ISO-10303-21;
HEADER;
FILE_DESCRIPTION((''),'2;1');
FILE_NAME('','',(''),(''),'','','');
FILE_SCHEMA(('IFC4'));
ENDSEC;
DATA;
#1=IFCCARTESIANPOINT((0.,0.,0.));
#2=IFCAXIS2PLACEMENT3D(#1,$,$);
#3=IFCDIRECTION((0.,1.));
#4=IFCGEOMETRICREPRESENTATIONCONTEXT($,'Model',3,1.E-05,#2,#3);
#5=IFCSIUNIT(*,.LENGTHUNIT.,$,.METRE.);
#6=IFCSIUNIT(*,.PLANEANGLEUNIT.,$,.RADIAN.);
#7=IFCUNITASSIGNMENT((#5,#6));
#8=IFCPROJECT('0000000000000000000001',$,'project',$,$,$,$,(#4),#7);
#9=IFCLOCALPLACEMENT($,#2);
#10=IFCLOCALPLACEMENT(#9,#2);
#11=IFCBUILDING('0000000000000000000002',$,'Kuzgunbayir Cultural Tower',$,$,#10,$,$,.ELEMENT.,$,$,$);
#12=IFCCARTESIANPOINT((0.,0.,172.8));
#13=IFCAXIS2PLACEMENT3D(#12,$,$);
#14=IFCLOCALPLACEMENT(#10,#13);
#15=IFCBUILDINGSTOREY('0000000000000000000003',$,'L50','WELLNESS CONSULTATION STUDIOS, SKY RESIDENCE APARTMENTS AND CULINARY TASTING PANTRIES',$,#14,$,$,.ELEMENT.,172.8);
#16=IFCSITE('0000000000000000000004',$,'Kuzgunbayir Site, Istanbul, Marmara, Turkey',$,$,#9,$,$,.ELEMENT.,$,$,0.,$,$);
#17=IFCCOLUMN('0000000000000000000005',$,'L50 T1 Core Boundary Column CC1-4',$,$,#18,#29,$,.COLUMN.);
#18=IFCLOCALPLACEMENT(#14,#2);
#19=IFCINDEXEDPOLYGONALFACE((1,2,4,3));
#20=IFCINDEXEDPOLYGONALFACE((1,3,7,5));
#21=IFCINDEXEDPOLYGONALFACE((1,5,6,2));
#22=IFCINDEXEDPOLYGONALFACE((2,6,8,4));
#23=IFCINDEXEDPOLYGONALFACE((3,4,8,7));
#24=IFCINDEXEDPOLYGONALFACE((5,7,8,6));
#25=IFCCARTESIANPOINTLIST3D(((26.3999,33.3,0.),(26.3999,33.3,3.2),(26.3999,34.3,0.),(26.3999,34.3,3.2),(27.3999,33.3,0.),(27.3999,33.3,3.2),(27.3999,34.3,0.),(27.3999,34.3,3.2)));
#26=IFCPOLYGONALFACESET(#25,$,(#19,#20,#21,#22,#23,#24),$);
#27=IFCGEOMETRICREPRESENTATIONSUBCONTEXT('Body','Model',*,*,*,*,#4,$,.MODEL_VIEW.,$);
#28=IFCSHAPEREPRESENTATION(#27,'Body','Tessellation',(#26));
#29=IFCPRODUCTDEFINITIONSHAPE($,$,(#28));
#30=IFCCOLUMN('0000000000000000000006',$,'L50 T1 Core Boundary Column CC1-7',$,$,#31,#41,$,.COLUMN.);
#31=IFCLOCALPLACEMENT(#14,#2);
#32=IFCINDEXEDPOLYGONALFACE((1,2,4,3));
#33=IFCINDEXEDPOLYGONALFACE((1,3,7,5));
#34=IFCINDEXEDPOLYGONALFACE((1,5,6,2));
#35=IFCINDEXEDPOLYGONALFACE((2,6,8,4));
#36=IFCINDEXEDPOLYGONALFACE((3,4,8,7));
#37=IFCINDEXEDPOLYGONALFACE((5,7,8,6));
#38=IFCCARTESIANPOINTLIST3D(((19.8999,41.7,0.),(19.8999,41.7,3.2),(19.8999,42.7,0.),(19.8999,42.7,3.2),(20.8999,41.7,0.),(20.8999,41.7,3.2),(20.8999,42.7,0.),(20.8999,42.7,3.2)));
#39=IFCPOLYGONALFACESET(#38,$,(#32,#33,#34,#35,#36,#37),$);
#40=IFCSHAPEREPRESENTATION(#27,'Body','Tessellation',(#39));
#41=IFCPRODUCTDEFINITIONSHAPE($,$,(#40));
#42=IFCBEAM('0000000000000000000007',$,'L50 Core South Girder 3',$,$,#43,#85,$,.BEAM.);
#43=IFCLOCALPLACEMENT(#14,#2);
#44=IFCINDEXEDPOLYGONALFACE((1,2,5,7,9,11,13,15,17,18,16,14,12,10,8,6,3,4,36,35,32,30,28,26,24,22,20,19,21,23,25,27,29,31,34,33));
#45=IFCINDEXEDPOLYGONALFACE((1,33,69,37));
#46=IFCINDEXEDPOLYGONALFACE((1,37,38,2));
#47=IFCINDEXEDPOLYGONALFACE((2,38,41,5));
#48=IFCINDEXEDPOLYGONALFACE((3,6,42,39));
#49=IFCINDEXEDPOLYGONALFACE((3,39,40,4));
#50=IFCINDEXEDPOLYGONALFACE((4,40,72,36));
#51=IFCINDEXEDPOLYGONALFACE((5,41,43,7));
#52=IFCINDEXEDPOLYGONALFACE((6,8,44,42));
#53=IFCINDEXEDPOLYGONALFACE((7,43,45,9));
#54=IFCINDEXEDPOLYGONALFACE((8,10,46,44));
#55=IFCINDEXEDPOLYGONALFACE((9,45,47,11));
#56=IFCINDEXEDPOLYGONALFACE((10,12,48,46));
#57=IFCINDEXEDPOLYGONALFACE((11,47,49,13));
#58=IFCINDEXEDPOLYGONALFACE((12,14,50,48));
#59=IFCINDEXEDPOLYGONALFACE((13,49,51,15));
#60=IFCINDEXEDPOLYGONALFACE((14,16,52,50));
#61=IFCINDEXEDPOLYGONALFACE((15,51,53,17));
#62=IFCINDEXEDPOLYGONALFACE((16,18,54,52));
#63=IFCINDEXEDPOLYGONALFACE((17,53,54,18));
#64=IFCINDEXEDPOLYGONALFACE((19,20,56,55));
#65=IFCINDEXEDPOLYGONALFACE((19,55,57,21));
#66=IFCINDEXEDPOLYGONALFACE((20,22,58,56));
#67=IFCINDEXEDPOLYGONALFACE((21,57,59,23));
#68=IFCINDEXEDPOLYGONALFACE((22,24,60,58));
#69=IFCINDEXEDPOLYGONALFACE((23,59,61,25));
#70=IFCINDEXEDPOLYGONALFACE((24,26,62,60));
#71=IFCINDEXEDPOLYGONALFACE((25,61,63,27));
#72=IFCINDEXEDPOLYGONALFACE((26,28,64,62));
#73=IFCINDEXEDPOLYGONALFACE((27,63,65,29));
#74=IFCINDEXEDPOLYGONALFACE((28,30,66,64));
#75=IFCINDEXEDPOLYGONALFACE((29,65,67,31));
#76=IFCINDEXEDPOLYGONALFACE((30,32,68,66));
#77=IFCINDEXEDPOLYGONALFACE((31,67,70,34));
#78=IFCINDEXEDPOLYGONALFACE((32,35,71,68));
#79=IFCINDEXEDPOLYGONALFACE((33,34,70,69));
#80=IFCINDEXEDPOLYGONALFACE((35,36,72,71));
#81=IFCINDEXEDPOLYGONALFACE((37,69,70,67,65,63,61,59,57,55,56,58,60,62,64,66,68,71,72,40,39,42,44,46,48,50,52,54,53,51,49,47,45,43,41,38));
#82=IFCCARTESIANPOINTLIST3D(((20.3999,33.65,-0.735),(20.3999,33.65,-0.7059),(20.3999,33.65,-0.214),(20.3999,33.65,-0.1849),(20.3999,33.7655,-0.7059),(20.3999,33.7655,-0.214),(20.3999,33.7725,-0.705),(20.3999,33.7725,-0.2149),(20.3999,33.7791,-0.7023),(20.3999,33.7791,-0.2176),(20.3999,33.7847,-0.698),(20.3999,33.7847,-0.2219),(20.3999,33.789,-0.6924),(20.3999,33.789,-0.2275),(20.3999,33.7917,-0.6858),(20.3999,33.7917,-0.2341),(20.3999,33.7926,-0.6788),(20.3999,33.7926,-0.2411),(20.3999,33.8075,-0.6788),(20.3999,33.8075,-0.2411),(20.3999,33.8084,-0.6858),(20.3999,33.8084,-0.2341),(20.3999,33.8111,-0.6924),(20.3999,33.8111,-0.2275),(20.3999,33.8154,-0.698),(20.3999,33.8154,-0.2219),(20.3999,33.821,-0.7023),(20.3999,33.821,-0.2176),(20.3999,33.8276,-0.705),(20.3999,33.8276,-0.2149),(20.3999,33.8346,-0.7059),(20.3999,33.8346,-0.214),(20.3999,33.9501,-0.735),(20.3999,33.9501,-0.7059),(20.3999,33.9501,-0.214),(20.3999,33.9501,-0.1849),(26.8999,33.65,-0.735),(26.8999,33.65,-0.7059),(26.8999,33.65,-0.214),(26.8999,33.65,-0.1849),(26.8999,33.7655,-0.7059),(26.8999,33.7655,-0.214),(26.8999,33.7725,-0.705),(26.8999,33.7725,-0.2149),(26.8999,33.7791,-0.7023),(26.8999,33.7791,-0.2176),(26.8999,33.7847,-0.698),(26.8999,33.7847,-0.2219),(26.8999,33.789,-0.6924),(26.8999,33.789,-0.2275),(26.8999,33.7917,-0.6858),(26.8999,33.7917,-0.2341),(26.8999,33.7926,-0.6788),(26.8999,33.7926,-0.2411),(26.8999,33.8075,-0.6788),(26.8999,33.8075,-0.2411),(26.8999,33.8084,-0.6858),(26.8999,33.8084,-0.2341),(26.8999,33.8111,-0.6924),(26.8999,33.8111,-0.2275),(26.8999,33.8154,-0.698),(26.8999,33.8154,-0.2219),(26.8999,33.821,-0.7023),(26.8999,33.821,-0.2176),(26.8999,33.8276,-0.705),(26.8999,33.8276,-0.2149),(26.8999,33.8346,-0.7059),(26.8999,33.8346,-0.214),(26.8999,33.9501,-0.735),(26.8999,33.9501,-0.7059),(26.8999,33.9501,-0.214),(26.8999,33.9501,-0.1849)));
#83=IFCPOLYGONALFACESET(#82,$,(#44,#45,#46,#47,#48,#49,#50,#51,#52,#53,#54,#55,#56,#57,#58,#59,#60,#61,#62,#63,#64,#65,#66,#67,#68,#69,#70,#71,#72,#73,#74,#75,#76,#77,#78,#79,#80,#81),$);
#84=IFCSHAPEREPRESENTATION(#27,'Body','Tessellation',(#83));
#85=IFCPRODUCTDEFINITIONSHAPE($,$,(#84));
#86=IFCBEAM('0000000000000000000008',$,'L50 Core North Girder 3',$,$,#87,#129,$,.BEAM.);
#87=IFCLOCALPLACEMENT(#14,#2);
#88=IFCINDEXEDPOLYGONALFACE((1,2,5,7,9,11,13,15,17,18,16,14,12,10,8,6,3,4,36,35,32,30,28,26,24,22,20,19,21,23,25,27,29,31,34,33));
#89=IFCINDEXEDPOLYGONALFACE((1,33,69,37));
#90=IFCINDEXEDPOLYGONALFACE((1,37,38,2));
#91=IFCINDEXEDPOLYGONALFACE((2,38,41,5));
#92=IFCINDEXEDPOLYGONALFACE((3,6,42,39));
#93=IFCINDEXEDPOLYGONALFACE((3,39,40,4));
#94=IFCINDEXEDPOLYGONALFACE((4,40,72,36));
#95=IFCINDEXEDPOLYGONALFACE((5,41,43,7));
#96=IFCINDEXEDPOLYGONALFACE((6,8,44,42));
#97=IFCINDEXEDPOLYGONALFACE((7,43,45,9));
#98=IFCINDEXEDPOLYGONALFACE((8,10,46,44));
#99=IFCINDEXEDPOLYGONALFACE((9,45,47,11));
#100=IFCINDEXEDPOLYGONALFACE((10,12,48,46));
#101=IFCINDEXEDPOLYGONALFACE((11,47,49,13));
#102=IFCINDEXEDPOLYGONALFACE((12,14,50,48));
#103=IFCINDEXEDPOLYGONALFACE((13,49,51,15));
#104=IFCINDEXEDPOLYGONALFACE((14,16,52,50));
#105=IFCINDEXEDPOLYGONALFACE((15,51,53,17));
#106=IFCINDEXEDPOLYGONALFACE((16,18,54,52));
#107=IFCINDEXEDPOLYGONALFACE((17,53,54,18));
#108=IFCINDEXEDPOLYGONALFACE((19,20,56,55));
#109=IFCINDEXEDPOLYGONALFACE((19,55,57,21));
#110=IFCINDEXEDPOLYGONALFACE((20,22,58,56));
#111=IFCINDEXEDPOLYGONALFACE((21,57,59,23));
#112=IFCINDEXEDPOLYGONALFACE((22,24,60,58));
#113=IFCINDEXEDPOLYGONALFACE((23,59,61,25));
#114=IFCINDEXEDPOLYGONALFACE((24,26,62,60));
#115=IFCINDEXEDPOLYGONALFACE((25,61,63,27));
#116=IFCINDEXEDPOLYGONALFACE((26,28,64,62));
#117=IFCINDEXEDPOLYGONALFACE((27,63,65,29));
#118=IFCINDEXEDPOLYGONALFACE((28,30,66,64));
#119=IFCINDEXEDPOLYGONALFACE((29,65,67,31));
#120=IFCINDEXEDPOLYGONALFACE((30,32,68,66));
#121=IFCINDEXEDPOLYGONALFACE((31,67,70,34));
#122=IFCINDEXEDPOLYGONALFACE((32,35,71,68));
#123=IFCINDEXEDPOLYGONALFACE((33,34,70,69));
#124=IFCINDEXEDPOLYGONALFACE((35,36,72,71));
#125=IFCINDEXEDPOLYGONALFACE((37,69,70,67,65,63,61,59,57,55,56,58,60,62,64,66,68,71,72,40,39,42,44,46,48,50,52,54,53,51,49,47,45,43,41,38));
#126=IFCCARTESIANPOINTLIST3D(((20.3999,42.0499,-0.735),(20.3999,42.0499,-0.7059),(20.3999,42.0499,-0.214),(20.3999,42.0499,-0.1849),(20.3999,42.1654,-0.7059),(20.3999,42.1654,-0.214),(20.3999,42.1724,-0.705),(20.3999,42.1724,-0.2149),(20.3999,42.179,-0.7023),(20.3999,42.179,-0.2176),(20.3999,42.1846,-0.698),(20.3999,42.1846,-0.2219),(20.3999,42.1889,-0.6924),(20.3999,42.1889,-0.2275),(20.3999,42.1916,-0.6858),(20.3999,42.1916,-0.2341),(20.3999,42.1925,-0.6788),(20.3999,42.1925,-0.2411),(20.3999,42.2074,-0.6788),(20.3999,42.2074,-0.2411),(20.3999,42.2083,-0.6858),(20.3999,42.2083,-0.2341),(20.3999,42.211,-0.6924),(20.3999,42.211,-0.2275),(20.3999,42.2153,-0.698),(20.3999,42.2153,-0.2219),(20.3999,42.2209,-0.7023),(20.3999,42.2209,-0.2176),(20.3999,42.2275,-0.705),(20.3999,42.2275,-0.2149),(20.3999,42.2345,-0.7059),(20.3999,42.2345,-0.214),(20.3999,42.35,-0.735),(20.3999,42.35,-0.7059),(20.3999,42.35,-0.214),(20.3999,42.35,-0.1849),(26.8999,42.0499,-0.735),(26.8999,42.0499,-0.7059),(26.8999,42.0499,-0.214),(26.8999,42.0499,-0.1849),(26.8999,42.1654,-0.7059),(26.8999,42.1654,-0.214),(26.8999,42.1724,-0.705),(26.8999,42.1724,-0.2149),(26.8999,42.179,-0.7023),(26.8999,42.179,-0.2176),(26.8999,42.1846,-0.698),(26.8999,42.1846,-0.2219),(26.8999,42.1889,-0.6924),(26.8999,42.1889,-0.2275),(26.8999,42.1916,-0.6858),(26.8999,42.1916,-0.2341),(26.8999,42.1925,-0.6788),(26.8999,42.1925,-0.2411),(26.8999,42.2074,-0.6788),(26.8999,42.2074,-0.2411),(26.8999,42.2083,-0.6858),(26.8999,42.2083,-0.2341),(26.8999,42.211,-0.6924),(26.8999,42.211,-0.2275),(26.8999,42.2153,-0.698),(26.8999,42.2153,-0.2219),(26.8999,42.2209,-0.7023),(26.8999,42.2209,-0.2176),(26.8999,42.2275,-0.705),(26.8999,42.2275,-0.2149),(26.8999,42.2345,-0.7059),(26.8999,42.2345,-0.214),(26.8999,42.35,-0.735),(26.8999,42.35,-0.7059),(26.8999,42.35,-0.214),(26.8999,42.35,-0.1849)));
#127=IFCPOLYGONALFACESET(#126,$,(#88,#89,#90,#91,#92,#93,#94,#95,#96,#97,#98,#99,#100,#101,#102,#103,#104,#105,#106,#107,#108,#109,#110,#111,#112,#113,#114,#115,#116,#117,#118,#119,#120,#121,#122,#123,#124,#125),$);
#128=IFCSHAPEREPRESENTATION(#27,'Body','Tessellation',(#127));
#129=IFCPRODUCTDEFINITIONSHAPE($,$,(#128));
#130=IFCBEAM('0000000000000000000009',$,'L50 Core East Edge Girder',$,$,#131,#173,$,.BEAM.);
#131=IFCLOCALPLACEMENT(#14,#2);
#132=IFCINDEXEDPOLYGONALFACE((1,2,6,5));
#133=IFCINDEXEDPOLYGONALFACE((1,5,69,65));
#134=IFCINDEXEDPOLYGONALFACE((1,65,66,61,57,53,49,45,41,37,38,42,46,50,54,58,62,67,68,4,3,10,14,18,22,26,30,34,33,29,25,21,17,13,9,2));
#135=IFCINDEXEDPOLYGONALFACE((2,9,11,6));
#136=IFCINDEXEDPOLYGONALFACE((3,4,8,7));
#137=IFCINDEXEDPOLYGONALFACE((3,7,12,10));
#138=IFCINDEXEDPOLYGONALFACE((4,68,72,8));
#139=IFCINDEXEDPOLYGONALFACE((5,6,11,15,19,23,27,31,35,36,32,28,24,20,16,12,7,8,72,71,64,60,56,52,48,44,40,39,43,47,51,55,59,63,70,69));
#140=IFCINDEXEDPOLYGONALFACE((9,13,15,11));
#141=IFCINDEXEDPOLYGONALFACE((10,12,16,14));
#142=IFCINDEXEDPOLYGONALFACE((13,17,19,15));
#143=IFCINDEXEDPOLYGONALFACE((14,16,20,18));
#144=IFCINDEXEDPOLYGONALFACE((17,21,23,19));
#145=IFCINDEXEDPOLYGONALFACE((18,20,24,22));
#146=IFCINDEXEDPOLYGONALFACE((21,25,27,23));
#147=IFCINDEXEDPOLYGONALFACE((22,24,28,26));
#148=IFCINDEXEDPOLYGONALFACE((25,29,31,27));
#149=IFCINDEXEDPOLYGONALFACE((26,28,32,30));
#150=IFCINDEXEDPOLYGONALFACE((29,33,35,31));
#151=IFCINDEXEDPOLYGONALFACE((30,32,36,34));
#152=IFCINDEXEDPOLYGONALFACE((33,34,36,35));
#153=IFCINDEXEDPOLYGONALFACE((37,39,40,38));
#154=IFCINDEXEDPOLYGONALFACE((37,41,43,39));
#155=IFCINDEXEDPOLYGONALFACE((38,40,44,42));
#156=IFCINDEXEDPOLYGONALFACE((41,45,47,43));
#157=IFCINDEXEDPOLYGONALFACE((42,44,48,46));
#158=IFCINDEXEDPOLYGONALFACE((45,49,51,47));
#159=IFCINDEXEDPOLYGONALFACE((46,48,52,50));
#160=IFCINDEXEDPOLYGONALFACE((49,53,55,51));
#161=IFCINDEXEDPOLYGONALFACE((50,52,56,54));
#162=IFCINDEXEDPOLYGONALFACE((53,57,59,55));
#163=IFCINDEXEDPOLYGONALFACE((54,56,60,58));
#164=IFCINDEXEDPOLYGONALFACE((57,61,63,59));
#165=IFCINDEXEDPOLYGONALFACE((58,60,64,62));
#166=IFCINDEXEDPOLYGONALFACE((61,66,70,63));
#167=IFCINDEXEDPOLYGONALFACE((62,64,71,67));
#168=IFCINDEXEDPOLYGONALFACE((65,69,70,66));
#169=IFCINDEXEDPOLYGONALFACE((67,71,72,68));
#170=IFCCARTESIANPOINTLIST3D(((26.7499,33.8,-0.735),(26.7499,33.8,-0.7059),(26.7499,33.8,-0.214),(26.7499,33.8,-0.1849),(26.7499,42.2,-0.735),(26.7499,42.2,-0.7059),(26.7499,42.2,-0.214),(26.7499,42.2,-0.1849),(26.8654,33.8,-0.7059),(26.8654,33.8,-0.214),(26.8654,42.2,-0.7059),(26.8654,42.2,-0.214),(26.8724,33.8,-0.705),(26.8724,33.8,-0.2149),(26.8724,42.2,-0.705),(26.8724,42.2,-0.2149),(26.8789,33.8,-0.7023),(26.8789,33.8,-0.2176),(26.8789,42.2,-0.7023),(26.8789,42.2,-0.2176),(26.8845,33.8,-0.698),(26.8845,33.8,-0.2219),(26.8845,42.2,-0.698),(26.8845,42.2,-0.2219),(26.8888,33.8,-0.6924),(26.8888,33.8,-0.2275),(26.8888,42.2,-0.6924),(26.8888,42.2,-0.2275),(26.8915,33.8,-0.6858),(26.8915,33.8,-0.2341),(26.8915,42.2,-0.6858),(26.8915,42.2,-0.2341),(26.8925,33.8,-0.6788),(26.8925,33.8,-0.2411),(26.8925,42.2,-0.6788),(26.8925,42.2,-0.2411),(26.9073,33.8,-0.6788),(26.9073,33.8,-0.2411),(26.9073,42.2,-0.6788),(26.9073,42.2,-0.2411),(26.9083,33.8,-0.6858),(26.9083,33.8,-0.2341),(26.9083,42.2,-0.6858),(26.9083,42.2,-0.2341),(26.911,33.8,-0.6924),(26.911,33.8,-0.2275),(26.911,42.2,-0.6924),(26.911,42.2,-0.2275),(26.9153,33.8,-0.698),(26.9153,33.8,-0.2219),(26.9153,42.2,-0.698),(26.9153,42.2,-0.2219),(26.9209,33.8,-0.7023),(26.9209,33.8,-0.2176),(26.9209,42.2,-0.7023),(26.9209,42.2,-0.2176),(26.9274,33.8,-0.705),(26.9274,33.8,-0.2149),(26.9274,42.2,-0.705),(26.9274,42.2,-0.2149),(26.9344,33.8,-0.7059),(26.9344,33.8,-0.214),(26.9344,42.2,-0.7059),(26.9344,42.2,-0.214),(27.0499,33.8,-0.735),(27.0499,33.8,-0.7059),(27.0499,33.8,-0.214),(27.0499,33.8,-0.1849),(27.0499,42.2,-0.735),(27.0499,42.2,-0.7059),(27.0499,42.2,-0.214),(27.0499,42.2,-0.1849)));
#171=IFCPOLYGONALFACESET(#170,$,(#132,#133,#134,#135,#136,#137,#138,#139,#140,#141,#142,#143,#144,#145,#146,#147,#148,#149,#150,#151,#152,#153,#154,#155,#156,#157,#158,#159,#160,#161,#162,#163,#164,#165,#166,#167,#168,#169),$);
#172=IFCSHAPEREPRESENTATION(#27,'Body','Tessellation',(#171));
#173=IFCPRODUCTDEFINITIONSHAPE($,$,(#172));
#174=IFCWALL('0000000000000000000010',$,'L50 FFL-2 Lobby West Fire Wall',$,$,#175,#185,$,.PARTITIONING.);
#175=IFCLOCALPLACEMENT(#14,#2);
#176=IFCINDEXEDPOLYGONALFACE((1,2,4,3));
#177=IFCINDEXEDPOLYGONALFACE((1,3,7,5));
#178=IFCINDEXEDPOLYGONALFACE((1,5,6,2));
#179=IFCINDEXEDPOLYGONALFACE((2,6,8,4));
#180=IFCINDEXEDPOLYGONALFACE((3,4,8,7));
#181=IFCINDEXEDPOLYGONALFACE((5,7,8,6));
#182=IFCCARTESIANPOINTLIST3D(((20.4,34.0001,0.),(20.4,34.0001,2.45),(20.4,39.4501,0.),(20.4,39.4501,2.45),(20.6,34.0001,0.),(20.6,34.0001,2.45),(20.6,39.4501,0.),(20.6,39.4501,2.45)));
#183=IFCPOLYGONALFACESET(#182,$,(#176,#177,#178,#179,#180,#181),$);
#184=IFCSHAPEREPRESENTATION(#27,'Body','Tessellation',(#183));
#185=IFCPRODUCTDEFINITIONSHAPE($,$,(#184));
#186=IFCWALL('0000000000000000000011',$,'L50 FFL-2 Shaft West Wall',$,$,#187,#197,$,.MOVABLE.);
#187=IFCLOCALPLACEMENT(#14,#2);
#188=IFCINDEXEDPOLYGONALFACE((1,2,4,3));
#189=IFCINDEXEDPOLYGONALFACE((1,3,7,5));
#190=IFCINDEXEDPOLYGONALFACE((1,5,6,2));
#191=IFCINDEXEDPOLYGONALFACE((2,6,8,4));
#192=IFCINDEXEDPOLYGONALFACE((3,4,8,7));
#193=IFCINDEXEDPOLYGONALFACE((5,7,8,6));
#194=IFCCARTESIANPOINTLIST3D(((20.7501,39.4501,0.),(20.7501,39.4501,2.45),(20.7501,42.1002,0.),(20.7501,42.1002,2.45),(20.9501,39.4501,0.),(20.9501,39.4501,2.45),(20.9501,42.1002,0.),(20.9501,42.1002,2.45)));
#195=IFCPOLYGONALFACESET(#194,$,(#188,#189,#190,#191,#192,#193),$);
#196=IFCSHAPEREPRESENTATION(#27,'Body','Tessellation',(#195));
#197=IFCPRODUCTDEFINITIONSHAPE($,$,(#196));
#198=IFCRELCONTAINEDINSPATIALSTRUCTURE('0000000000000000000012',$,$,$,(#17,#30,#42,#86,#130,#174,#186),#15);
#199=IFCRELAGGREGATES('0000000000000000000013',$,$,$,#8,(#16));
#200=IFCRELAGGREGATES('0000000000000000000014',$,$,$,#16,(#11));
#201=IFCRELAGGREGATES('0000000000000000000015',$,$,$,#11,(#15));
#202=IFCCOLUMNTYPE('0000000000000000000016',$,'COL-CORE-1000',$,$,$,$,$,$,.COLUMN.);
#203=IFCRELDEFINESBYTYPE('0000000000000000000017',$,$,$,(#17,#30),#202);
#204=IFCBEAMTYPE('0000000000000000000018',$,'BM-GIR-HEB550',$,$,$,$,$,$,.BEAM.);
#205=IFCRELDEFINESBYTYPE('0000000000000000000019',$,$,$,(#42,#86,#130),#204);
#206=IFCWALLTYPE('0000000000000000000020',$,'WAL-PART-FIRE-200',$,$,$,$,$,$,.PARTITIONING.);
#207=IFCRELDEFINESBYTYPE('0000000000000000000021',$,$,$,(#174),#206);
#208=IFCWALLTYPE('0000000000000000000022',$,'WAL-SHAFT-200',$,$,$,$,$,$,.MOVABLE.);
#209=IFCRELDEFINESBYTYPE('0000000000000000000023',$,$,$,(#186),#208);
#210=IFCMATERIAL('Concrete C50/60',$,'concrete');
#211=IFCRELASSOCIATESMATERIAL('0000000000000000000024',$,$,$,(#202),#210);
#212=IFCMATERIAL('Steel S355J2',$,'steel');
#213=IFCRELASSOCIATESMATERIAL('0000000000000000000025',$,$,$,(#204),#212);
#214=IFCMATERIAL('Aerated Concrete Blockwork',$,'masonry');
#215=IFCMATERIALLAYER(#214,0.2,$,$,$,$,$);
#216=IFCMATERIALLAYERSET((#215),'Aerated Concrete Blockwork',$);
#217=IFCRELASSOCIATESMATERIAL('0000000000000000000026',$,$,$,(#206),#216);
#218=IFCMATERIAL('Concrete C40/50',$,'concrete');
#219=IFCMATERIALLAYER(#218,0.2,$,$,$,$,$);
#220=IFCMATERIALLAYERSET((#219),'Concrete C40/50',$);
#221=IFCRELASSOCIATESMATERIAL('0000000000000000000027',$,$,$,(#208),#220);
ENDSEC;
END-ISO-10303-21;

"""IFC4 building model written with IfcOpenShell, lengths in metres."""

from ifc_helpers import new_model, si_unit, direction, frame, frame_2d, origin, origin_2d, place, context, subcontext, project, spatial, rectangle, i_section, extrude, material, layer, layer_set, material_profile, profile_set, type_object, element, save


model = new_model("IFC4")

# Units and contexts
model_context = context("Model", 3, precision=1e-05, world=origin(), true_north=direction((0.0, 1.0)))
body_context = subcontext(model_context, "Body", "Model", "MODEL_VIEW")
ifc_project = project(units=[si_unit("LENGTHUNIT", "METRE"), si_unit("PLANEANGLEUNIT", "RADIAN")], contexts=[model_context])

# Site, building, storey
site_placement = place(None, origin())
site = spatial("IfcSite", under=ifc_project, at=site_placement, Name="Kuzgunbayir Site, Istanbul, Marmara, Turkey", CompositionType="ELEMENT", RefElevation=0.0)
building_placement = place(site_placement, origin())
building = spatial("IfcBuilding", under=site, at=building_placement, Name="Kuzgunbayir Cultural Tower", CompositionType="ELEMENT")
storey_placement = place(building_placement, frame((0.0, 0.0, 172.8)))
storey = spatial("IfcBuildingStorey", under=building, at=storey_placement, Name="L50", Description="WELLNESS CONSULTATION STUDIOS, SKY RESIDENCE APARTMENTS AND CULINARY TASTING PANTRIES", CompositionType="ELEMENT", Elevation=172.8)

# Columns
ifc_material_1 = material(Name="Concrete C50/60", Category="concrete")
ifc_material_profile_1 = material_profile(ifc_material_1, rectangle(XDim=1.0, YDim=1.0, at=origin_2d()), Name="RC 1000x1000")
ifc_profile_set_1 = profile_set([ifc_material_profile_1], Name="Concrete C50/60")
column_type = type_object("IfcColumnType", Name="COL-CORE-1000", PredefinedType="COLUMN", material=ifc_profile_set_1)
for number, where, z_axis, x_axis, name in (
    (1, (26.8999, 33.8, 0.0), (0.0, 0.0, 1.0), (1.0, 0.0, 0.0), "L50 T1 Core Boundary Column CC1-4"),
    (2, (20.3999, 42.2, 0.0), (0.0, 0.0, 1.0), (1.0, 0.0, 0.0), "L50 T1 Core Boundary Column CC1-7"),
):
    element("IfcColumn", number, at=place(storey_placement, frame(where, z_axis=z_axis, x_axis=x_axis)), inside=storey, type_object=column_type, Name=name, PredefinedType="COLUMN", context=body_context, shape_type="SweptSolid", body=[
        extrude(rectangle(XDim=1.0, YDim=1.0, at=origin_2d()), origin(), (0.0, 0.0, 1.0), 3.2),
    ])

# Beams
ifc_material_2 = material(Name="Steel S355J2", Category="steel")
ifc_material_profile_2 = material_profile(ifc_material_2, i_section(OverallWidth=0.3, OverallDepth=0.55, WebThickness=0.0149, FlangeThickness=0.0291, FilletRadius=0.0271, at=origin_2d()), Name="HEB 550")
ifc_profile_set_2 = profile_set([ifc_material_profile_2], Name="Steel S355J2")
beam_type = type_object("IfcBeamType", Name="BM-GIR-HEB550", PredefinedType="BEAM", material=ifc_profile_set_2)
for number, where, z_axis, x_axis, name in (
    (3, (20.3999, 33.8, -0.46), (1.0, 0.0, 0.0), (0.0, 1.0, 0.0), "L50 Core South Girder 3"),
    (4, (20.3999, 42.2, -0.46), (1.0, 0.0, 0.0), (0.0, 1.0, 0.0), "L50 Core North Girder 3"),
):
    element("IfcBeam", number, at=place(storey_placement, frame(where, z_axis=z_axis, x_axis=x_axis)), inside=storey, type_object=beam_type, Name=name, PredefinedType="BEAM", context=body_context, shape_type="SweptSolid", body=[
        extrude(i_section(OverallWidth=0.3, OverallDepth=0.55, WebThickness=0.0149, FlangeThickness=0.0291, FilletRadius=0.0271, at=origin_2d()), origin(), (0.0, 0.0, 1.0), 6.5),
    ])
beam_placement = place(storey_placement, frame((26.8999, 33.8, -0.46), z_axis=(0.0, 1.0, 0.0), x_axis=(-1.0, 0.0, 0.0)))
element("IfcBeam", 5, at=beam_placement, inside=storey, type_object=beam_type, Name="L50 Core East Edge Girder", PredefinedType="BEAM", context=body_context, shape_type="SweptSolid", body=[
    extrude(i_section(OverallWidth=0.3, OverallDepth=0.55, WebThickness=0.0149, FlangeThickness=0.0291, FilletRadius=0.0271, at=origin_2d()), origin(), (0.0, 0.0, 1.0), 8.3999),
])

# Wall
ifc_material_3 = material(Name="Aerated Concrete Blockwork", Category="masonry")
ifc_layer_1 = layer(ifc_material_3, 0.2)
ifc_layer_set_1 = layer_set([ifc_layer_1], Name="Aerated Concrete Blockwork")
wall_type_1 = type_object("IfcWallType", Name="WAL-PART-FIRE-200", PredefinedType="PARTITIONING", material=ifc_layer_set_1)
wall_1_placement = place(storey_placement, frame((20.5, 34.0, 0.0), z_axis=(0.0, 0.0, 1.0), x_axis=(0.0, 1.0, 0.0)))
element("IfcWall", 6, at=wall_1_placement, inside=storey, type_object=wall_type_1, Name="L50 FFL-2 Lobby West Fire Wall", PredefinedType="PARTITIONING", context=body_context, shape_type="SweptSolid", body=[
    extrude(rectangle(XDim=5.45, YDim=0.2, at=frame_2d((2.7251, 0.0))), origin(), (0.0, 0.0, 1.0), 2.45),
])

# Shared definitions
ifc_material_4 = material(Name="Concrete C40/50", Category="concrete")
ifc_layer_2 = layer(ifc_material_4, 0.2)
ifc_layer_set_2 = layer_set([ifc_layer_2], Name="Concrete C40/50")
wall_type_2 = type_object("IfcWallType", Name="WAL-SHAFT-200", PredefinedType="MOVABLE", material=ifc_layer_set_2)

# Wall
for number, where, z_axis, x_axis, name in (
    (7, (20.8501, 39.45, 0.0), (0.0, 0.0, 1.0), (0.0, 1.0, 0.0), "L50 FFL-2 Shaft West Wall"),
):
    element("IfcWall", number, at=place(storey_placement, frame(where, z_axis=z_axis, x_axis=x_axis)), inside=storey, type_object=wall_type_2, Name=name, PredefinedType="MOVABLE", context=body_context, shape_type="SweptSolid", body=[
        extrude(rectangle(XDim=2.6501, YDim=0.2, at=frame_2d((1.3252, 0.0))), origin(), (0.0, 0.0, 1.0), 2.45),
    ])

save(model, "model.ifc")
